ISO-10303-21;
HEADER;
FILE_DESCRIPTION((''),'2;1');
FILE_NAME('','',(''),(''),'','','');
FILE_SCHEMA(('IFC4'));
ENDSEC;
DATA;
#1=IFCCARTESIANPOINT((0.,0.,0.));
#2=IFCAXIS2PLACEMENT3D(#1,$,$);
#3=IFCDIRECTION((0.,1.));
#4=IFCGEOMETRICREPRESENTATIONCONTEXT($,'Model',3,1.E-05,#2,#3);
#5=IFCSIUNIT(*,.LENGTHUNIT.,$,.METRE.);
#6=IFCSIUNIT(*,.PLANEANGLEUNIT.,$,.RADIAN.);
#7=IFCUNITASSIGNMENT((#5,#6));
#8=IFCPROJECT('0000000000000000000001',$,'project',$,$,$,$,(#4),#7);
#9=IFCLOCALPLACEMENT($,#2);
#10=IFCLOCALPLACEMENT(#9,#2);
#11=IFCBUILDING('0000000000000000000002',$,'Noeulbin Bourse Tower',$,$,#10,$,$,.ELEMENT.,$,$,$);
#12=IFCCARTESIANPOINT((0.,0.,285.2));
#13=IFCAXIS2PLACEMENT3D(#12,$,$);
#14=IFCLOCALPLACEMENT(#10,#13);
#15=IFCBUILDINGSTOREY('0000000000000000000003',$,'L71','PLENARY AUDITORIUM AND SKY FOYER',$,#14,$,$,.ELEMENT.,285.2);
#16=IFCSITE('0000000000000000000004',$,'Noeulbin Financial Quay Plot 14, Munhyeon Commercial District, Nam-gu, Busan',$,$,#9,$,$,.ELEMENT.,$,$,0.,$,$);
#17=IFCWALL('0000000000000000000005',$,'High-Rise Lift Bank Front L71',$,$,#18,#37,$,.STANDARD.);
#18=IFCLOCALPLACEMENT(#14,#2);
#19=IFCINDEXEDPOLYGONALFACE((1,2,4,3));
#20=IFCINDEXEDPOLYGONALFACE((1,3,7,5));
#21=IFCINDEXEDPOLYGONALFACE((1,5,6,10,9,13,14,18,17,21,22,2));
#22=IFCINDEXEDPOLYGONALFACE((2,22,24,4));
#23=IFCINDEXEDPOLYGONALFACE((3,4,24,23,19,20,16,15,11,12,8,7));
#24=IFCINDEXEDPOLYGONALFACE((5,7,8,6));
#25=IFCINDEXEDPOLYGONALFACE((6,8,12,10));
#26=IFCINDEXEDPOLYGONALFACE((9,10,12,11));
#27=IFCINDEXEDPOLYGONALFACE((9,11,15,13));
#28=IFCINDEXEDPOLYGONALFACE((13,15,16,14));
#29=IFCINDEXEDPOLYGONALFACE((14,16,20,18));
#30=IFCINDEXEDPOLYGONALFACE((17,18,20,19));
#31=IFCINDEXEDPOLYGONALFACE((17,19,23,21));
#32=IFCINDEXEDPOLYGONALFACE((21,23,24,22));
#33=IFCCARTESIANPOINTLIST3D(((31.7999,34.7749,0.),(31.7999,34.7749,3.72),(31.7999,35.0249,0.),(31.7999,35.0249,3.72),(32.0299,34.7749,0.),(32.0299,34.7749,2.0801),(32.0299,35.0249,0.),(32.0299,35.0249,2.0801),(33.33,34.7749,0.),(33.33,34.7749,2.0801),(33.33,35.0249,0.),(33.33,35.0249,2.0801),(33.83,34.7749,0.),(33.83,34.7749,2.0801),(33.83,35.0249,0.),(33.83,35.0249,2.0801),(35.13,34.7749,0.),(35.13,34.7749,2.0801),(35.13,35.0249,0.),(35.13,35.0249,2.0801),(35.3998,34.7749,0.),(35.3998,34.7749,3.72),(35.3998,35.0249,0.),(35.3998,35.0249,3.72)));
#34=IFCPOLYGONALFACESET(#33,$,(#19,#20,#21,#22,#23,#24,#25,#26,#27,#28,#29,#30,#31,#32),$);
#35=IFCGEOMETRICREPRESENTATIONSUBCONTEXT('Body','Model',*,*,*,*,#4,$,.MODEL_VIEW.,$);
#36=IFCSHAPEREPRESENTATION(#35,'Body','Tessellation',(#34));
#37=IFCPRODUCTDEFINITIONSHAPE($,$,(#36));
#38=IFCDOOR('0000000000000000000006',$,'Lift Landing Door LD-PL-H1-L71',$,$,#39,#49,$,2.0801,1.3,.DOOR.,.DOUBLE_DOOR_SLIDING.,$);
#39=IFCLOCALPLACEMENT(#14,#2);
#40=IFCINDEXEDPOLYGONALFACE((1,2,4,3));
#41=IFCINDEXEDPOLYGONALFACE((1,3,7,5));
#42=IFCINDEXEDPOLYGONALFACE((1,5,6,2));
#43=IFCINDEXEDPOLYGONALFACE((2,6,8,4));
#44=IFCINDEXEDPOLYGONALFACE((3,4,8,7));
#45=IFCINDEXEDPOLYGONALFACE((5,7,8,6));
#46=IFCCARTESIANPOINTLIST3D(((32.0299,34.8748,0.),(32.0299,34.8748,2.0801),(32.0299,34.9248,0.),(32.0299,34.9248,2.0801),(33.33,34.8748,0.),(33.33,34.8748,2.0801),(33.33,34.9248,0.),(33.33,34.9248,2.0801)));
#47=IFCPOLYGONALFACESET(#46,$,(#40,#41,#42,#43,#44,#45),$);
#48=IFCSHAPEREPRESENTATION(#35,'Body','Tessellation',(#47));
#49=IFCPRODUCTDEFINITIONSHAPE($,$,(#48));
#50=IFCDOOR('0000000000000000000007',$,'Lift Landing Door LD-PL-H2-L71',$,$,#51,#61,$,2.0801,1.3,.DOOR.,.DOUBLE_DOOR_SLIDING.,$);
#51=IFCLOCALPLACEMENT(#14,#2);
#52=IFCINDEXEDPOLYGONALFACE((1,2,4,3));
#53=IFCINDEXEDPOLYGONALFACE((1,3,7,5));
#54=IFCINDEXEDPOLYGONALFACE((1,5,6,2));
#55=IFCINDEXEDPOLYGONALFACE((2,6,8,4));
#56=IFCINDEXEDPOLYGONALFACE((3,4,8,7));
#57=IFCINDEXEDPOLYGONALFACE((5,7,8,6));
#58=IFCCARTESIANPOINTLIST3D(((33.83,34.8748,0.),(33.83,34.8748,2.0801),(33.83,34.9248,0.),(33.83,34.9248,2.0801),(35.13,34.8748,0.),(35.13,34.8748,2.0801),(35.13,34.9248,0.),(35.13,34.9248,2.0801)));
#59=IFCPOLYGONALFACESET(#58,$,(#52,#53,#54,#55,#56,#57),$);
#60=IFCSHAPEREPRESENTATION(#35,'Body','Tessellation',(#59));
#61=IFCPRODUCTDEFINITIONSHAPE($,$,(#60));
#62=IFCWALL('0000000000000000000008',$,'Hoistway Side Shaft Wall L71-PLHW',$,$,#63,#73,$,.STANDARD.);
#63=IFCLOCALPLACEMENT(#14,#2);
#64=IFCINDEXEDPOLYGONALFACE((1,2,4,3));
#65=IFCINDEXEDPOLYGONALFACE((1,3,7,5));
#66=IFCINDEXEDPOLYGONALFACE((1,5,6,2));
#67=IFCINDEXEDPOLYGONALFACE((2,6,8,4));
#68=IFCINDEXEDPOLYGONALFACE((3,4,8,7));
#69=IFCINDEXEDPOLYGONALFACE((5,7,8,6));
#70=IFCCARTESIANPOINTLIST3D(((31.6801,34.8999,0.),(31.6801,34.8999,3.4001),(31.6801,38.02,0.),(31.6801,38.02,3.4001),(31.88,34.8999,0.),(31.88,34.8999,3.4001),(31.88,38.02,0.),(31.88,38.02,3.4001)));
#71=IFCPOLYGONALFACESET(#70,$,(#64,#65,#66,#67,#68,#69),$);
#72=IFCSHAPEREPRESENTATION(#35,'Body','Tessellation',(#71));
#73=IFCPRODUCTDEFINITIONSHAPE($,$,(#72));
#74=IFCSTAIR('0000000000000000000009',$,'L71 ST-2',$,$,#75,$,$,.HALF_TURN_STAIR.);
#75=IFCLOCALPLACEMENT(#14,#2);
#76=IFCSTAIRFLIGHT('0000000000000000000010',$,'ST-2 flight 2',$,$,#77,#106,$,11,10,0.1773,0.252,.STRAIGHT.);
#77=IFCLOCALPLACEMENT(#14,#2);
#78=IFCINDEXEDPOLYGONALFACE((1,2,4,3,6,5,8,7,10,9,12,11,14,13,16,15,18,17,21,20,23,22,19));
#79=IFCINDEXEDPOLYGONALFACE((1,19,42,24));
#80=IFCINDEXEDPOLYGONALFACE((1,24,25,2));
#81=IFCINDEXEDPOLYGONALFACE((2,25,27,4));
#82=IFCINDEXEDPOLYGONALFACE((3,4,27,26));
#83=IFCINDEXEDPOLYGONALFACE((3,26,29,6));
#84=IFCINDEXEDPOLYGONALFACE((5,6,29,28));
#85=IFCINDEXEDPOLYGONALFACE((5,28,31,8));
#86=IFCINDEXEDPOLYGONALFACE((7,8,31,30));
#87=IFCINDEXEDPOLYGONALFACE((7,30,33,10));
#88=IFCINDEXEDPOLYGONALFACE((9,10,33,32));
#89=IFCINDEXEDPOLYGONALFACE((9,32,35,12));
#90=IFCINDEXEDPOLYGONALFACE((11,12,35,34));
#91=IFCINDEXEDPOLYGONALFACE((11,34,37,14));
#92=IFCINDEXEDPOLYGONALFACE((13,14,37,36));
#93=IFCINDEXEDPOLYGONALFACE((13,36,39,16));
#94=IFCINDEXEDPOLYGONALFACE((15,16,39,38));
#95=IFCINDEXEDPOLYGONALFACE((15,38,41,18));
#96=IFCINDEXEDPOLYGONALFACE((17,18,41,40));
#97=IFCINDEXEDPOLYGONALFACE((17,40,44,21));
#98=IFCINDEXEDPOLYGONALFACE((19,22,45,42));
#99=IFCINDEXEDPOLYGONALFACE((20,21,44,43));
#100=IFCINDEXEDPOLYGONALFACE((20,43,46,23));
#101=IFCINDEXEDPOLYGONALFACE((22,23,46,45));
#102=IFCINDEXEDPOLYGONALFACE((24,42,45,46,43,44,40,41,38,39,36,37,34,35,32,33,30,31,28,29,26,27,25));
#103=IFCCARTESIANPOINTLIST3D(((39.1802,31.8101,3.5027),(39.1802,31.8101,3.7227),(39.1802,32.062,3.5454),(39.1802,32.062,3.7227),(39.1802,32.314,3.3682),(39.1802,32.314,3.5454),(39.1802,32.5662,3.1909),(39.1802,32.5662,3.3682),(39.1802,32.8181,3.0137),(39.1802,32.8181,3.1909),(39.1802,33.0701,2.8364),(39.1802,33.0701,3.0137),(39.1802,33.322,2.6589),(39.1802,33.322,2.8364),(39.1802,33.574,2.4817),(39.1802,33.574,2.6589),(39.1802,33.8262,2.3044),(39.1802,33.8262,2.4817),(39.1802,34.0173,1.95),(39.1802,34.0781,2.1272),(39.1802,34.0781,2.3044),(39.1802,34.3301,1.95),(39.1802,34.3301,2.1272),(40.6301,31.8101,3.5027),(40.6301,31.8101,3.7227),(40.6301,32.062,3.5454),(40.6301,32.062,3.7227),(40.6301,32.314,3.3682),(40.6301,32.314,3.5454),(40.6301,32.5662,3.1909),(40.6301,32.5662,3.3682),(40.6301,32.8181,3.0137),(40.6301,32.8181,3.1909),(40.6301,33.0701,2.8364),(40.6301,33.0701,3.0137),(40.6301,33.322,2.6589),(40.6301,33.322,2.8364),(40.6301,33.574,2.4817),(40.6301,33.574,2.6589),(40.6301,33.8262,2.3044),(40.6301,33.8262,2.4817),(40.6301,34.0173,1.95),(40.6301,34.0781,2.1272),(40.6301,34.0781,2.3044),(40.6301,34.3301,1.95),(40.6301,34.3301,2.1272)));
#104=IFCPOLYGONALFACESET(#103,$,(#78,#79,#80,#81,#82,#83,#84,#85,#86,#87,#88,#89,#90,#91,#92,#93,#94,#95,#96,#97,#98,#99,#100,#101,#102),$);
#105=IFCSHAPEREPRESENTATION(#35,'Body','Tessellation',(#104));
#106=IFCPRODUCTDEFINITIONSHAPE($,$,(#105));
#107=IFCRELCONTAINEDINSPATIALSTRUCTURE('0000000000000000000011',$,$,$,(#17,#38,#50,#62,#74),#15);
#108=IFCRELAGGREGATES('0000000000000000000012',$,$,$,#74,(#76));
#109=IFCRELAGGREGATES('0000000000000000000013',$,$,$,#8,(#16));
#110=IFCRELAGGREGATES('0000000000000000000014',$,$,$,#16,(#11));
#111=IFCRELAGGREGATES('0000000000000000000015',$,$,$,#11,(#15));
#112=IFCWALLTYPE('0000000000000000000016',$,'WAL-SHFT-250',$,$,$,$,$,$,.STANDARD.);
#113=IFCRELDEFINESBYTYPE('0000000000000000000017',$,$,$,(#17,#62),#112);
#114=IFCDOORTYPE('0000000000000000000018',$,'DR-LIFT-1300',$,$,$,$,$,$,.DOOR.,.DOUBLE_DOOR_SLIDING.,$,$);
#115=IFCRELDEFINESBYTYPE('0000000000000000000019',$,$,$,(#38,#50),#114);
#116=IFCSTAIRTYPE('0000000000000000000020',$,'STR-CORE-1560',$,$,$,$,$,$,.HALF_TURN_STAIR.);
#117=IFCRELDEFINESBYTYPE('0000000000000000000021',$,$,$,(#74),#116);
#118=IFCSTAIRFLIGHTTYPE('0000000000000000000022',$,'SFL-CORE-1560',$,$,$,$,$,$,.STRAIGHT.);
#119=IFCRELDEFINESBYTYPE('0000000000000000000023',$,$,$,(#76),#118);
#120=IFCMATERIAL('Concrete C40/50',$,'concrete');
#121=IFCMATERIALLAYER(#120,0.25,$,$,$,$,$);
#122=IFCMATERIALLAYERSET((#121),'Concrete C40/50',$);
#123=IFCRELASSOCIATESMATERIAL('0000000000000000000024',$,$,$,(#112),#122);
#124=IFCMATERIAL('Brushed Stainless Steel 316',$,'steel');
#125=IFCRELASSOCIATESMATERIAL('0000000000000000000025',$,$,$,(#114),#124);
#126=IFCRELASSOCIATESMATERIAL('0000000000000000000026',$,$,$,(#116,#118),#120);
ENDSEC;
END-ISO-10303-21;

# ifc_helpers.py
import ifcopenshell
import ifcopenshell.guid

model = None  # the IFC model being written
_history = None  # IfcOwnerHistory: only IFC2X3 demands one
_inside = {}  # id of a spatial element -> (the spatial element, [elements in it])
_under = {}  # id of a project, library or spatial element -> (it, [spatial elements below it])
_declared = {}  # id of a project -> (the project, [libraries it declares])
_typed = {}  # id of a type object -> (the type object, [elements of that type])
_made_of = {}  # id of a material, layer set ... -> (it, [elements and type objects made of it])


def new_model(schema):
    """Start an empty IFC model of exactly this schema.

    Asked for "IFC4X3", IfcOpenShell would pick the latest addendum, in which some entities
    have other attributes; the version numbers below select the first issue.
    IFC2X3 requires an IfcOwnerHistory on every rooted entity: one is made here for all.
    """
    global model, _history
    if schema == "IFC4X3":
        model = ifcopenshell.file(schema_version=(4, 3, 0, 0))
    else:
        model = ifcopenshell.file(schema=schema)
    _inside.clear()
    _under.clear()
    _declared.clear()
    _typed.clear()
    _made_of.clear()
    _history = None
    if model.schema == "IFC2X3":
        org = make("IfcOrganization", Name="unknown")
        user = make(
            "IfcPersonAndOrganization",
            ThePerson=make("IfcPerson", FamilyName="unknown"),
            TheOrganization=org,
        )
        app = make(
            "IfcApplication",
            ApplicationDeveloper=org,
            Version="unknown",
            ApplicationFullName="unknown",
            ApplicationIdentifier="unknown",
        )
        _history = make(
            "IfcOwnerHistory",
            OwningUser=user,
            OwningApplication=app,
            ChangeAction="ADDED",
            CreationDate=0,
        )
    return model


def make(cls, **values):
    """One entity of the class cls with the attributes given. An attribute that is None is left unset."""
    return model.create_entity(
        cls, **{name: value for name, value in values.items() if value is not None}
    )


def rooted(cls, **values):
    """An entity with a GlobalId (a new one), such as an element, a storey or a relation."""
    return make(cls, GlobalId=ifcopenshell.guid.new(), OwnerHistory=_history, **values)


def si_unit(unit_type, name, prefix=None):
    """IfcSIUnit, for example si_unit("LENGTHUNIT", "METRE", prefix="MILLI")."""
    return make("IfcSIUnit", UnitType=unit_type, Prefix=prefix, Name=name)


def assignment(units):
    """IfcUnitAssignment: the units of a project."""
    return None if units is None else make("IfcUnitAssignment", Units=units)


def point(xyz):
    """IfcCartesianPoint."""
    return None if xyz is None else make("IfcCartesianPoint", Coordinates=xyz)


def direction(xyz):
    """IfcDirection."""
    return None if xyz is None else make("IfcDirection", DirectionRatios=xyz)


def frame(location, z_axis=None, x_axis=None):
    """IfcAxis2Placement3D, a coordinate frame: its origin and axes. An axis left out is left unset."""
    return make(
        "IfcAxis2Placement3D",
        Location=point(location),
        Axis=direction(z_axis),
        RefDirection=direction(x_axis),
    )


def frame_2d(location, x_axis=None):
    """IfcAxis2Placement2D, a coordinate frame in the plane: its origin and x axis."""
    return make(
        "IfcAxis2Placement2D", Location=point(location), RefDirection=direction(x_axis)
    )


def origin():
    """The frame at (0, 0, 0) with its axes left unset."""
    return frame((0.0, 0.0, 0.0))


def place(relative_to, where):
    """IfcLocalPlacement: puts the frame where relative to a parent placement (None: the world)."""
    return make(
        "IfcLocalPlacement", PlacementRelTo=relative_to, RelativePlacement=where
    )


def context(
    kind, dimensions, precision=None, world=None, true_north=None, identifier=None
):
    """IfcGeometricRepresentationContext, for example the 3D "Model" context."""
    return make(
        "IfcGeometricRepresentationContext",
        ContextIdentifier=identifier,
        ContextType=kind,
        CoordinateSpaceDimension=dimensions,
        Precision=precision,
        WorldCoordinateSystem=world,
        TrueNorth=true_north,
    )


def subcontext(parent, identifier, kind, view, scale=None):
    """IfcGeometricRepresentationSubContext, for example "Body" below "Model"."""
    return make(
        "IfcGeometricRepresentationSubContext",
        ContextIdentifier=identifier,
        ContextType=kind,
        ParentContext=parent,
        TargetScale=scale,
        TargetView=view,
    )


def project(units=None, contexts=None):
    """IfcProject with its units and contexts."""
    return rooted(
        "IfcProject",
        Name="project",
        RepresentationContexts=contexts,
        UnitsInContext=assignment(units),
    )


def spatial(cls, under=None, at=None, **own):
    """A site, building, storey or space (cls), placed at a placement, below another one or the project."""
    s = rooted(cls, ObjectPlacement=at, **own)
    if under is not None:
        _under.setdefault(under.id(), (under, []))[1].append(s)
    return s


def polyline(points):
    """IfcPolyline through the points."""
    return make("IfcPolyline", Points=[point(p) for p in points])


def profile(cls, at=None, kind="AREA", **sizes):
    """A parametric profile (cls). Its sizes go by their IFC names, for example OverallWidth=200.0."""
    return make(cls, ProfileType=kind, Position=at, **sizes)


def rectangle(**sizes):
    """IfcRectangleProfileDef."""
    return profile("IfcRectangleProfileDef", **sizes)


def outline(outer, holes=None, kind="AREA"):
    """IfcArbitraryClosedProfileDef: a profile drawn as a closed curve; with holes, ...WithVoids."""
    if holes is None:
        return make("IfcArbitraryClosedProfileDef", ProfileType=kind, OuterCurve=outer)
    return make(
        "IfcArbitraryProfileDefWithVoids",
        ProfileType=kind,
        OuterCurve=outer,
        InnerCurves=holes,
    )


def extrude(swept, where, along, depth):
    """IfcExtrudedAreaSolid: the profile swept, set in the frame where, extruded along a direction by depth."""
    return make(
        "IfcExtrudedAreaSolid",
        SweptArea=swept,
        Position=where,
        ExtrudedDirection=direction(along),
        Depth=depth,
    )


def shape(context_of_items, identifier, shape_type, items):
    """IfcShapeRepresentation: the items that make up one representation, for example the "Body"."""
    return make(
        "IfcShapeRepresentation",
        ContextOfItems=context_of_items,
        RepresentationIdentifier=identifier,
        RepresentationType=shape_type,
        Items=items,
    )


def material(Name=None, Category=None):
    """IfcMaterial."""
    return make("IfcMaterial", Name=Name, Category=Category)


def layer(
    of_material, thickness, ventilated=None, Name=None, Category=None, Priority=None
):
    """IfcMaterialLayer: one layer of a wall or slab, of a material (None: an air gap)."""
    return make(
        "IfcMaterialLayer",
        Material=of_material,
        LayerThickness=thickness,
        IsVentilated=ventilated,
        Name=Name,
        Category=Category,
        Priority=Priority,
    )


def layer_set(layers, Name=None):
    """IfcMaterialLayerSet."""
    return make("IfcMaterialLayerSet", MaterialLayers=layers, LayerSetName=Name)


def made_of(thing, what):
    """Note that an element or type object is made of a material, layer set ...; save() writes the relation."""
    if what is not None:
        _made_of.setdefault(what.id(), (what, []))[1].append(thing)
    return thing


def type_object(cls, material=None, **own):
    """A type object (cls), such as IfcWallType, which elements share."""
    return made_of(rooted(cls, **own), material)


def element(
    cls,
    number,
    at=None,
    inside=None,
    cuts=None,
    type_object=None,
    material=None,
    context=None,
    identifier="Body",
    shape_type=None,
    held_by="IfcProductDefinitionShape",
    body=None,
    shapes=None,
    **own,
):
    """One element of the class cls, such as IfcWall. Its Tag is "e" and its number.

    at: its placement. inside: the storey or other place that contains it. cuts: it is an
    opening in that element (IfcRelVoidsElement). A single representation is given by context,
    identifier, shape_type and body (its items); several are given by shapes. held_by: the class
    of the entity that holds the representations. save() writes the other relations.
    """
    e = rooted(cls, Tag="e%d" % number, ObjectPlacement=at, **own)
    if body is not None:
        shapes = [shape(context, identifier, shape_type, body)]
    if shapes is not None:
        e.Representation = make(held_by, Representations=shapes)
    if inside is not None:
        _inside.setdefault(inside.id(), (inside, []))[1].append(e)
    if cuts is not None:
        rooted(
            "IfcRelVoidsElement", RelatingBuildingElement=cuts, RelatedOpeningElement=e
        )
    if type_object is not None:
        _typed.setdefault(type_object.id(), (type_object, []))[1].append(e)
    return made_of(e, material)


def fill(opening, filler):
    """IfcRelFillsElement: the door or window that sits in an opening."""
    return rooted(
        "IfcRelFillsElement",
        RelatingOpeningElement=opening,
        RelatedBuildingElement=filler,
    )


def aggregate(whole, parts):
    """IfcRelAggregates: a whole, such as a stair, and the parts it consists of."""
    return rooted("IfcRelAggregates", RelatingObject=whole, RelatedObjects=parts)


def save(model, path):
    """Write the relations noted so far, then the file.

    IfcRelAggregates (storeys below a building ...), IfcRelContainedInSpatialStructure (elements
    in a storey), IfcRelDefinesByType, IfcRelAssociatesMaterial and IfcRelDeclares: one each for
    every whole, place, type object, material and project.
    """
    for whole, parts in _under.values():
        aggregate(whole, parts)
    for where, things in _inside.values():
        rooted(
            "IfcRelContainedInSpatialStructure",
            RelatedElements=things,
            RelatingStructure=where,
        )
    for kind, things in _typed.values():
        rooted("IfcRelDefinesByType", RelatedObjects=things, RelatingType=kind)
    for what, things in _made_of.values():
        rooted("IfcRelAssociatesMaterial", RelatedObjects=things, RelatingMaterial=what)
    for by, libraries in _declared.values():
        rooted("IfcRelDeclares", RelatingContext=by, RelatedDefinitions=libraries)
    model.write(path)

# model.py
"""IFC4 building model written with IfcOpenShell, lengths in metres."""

from ifc_helpers import new_model, si_unit, direction, frame, frame_2d, origin, place, context, subcontext, project, spatial, polyline, rectangle, outline, extrude, material, layer, layer_set, type_object, element, fill, aggregate, save


model = new_model("IFC4")

# Units and contexts
model_context = context("Model", 3, precision=1e-05, world=origin(), true_north=direction((0.0, 1.0)))
body_context = subcontext(model_context, "Body", "Model", "MODEL_VIEW")
ifc_project = project(units=[si_unit("LENGTHUNIT", "METRE"), si_unit("PLANEANGLEUNIT", "RADIAN")], contexts=[model_context])

# Site, building, storey
site_placement = place(None, origin())
site = spatial("IfcSite", under=ifc_project, at=site_placement, Name="Noeulbin Financial Quay Plot 14, Munhyeon Commercial District, Nam-gu, Busan", CompositionType="ELEMENT", RefElevation=0.0)
building_placement = place(site_placement, origin())
building = spatial("IfcBuilding", under=site, at=building_placement, Name="Noeulbin Bourse Tower", CompositionType="ELEMENT")
storey_placement = place(building_placement, frame((0.0, 0.0, 285.2)))
storey = spatial("IfcBuildingStorey", under=building, at=storey_placement, Name="L71", Description="PLENARY AUDITORIUM AND SKY FOYER", CompositionType="ELEMENT", Elevation=285.2)

# Shared definitions
ifc_material_1 = material(Name="Concrete C40/50", Category="concrete")
ifc_layer_1 = layer(ifc_material_1, 0.25)
ifc_layer_set_1 = layer_set([ifc_layer_1], Name="Concrete C40/50")
wall_type_1 = type_object("IfcWallType", Name="WAL-SHFT-250", PredefinedType="STANDARD", material=ifc_layer_set_1)

# Shared definitions
ifc_material_2 = material(Name="Brushed Stainless Steel 316", Category="steel")

# Wall, openings, doors
wall_1_placement = place(storey_placement, frame((31.8, 34.8999, 0.0), z_axis=(0.0, 0.0, 1.0), x_axis=(1.0, 0.0, 0.0)))
wall_1 = element("IfcWall", 1, at=wall_1_placement, inside=storey, type_object=wall_type_1, Name="High-Rise Lift Bank Front L71", PredefinedType="STANDARD", context=body_context, shape_type="SweptSolid", body=[
    extrude(rectangle(XDim=3.5999, YDim=0.25, at=frame_2d((1.7998, 0.0))), origin(), (0.0, 0.0, 1.0), 3.72),
])
opening_1_placement = place(wall_1_placement, frame((0.23, 0.0, 0.0)))
opening_1 = element("IfcOpeningElement", 2, at=opening_1_placement, cuts=wall_1, PredefinedType="OPENING", context=body_context, shape_type="SweptSolid", body=[
    extrude(rectangle(XDim=1.3, YDim=2.0801, at=frame_2d((0.6499, 1.04))), frame((0.0, 0.135, 0.0), z_axis=(0.0, -1.0, 0.0), x_axis=(1.0, 0.0, 0.0)), (0.0, 0.0, 1.0), 0.27),
])
opening_2_placement = place(wall_1_placement, frame((2.03, 0.0, 0.0)))
opening_2 = element("IfcOpeningElement", 3, at=opening_2_placement, cuts=wall_1, PredefinedType="OPENING", context=body_context, shape_type="SweptSolid", body=[
    extrude(rectangle(XDim=1.3, YDim=2.0801, at=frame_2d((0.6499, 1.04))), frame((0.0, 0.135, 0.0), z_axis=(0.0, -1.0, 0.0), x_axis=(1.0, 0.0, 0.0)), (0.0, 0.0, 1.0), 0.27),
])
door_type_1 = type_object("IfcDoorType", Name="DR-LIFT-1300", OperationType="DOUBLE_DOOR_SLIDING", PredefinedType="DOOR", material=ifc_material_2)
door_1_placement = place(opening_1_placement, origin())
door_1 = element("IfcDoor", 4, at=door_1_placement, inside=storey, type_object=door_type_1, Name="Lift Landing Door LD-PL-H1-L71", OperationType="DOUBLE_DOOR_SLIDING", OverallHeight=2.0801, OverallWidth=1.3, PredefinedType="DOOR", context=body_context, shape_type="SweptSolid", body=[
    extrude(rectangle(XDim=1.3, YDim=2.0801, at=frame_2d((0.6499, 1.04))), frame((0.0, 0.0249, 0.0), z_axis=(0.0, -1.0, 0.0), x_axis=(1.0, 0.0, 0.0)), (0.0, 0.0, 1.0), 0.05),
])
fill(opening_1, door_1)
door_2_placement = place(opening_2_placement, origin())
door_2 = element("IfcDoor", 5, at=door_2_placement, inside=storey, type_object=door_type_1, Name="Lift Landing Door LD-PL-H2-L71", OperationType="DOUBLE_DOOR_SLIDING", OverallHeight=2.0801, OverallWidth=1.3, PredefinedType="DOOR", context=body_context, shape_type="SweptSolid", body=[
    extrude(rectangle(XDim=1.3, YDim=2.0801, at=frame_2d((0.6499, 1.04))), frame((0.0, 0.0249, 0.0), z_axis=(0.0, -1.0, 0.0), x_axis=(1.0, 0.0, 0.0)), (0.0, 0.0, 1.0), 0.05),
])
fill(opening_2, door_2)

# Wall
wall_2_placement = place(storey_placement, frame((31.78, 34.8999, 0.0), z_axis=(0.0, 0.0, 1.0), x_axis=(0.0, 1.0, 0.0)))
element("IfcWall", 6, at=wall_2_placement, inside=storey, type_object=wall_type_1, Name="Hoistway Side Shaft Wall L71-PLHW", PredefinedType="STANDARD", context=body_context, shape_type="SweptSolid", body=[
    extrude(rectangle(XDim=3.1201, YDim=0.2, at=frame_2d((1.5601, 0.0))), origin(), (0.0, 0.0, 1.0), 3.4001),
])

# Stair, stair flight
stair_type = type_object("IfcStairType", Name="STR-CORE-1560", PredefinedType="HALF_TURN_STAIR", material=ifc_material_1)
stair_placement = place(storey_placement, origin())
stair = element("IfcStair", 7, at=stair_placement, inside=storey, type_object=stair_type, Name="L71 ST-2", PredefinedType="HALF_TURN_STAIR")
stair_flight_type = type_object("IfcStairFlightType", Name="SFL-CORE-1560", PredefinedType="STRAIGHT", material=ifc_material_1)
stair_flight_placement = place(storey_placement, frame((39.905, 34.3301, 1.95), z_axis=(0.0, 0.0, 1.0), x_axis=(0.0, -1.0, 0.0)))
stair_flight = element("IfcStairFlight", 8, at=stair_flight_placement, type_object=stair_flight_type, Name="ST-2 flight 2", NumberOfRisers=11, NumberOfTreads=10, PredefinedType="STRAIGHT", RiserHeight=0.1773, TreadLength=0.252, context=body_context, shape_type="SweptSolid", body=[
    extrude(outline(polyline([(0.0, 0.0), (0.0, 0.1772), (0.252, 0.1772), (0.252, 0.3545), (0.5039, 0.3545), (0.5039, 0.5317), (0.7561, 0.5317), (0.7561, 0.709), (1.0081, 0.709), (1.0081, 0.8865), (1.26, 0.8865), (1.26, 1.0637), (1.512, 1.0637), (1.512, 1.241), (1.7639, 1.241), (1.7639, 1.4182), (2.0161, 1.4182), (2.0161, 1.5955), (2.2681, 1.5955), (2.2681, 1.7727), (2.52, 1.7727), (2.52, 1.95), (2.52, 1.5527), (0.3127, 0.0), (0.0, 0.0)])), frame((0.0, 0.7251, 0.0), z_axis=(0.0, -1.0, 0.0), x_axis=(1.0, 0.0, 0.0)), (0.0, 0.0, 1.0), 1.45),
])
aggregate(stair, [stair_flight])

save(model, "model.ifc")
